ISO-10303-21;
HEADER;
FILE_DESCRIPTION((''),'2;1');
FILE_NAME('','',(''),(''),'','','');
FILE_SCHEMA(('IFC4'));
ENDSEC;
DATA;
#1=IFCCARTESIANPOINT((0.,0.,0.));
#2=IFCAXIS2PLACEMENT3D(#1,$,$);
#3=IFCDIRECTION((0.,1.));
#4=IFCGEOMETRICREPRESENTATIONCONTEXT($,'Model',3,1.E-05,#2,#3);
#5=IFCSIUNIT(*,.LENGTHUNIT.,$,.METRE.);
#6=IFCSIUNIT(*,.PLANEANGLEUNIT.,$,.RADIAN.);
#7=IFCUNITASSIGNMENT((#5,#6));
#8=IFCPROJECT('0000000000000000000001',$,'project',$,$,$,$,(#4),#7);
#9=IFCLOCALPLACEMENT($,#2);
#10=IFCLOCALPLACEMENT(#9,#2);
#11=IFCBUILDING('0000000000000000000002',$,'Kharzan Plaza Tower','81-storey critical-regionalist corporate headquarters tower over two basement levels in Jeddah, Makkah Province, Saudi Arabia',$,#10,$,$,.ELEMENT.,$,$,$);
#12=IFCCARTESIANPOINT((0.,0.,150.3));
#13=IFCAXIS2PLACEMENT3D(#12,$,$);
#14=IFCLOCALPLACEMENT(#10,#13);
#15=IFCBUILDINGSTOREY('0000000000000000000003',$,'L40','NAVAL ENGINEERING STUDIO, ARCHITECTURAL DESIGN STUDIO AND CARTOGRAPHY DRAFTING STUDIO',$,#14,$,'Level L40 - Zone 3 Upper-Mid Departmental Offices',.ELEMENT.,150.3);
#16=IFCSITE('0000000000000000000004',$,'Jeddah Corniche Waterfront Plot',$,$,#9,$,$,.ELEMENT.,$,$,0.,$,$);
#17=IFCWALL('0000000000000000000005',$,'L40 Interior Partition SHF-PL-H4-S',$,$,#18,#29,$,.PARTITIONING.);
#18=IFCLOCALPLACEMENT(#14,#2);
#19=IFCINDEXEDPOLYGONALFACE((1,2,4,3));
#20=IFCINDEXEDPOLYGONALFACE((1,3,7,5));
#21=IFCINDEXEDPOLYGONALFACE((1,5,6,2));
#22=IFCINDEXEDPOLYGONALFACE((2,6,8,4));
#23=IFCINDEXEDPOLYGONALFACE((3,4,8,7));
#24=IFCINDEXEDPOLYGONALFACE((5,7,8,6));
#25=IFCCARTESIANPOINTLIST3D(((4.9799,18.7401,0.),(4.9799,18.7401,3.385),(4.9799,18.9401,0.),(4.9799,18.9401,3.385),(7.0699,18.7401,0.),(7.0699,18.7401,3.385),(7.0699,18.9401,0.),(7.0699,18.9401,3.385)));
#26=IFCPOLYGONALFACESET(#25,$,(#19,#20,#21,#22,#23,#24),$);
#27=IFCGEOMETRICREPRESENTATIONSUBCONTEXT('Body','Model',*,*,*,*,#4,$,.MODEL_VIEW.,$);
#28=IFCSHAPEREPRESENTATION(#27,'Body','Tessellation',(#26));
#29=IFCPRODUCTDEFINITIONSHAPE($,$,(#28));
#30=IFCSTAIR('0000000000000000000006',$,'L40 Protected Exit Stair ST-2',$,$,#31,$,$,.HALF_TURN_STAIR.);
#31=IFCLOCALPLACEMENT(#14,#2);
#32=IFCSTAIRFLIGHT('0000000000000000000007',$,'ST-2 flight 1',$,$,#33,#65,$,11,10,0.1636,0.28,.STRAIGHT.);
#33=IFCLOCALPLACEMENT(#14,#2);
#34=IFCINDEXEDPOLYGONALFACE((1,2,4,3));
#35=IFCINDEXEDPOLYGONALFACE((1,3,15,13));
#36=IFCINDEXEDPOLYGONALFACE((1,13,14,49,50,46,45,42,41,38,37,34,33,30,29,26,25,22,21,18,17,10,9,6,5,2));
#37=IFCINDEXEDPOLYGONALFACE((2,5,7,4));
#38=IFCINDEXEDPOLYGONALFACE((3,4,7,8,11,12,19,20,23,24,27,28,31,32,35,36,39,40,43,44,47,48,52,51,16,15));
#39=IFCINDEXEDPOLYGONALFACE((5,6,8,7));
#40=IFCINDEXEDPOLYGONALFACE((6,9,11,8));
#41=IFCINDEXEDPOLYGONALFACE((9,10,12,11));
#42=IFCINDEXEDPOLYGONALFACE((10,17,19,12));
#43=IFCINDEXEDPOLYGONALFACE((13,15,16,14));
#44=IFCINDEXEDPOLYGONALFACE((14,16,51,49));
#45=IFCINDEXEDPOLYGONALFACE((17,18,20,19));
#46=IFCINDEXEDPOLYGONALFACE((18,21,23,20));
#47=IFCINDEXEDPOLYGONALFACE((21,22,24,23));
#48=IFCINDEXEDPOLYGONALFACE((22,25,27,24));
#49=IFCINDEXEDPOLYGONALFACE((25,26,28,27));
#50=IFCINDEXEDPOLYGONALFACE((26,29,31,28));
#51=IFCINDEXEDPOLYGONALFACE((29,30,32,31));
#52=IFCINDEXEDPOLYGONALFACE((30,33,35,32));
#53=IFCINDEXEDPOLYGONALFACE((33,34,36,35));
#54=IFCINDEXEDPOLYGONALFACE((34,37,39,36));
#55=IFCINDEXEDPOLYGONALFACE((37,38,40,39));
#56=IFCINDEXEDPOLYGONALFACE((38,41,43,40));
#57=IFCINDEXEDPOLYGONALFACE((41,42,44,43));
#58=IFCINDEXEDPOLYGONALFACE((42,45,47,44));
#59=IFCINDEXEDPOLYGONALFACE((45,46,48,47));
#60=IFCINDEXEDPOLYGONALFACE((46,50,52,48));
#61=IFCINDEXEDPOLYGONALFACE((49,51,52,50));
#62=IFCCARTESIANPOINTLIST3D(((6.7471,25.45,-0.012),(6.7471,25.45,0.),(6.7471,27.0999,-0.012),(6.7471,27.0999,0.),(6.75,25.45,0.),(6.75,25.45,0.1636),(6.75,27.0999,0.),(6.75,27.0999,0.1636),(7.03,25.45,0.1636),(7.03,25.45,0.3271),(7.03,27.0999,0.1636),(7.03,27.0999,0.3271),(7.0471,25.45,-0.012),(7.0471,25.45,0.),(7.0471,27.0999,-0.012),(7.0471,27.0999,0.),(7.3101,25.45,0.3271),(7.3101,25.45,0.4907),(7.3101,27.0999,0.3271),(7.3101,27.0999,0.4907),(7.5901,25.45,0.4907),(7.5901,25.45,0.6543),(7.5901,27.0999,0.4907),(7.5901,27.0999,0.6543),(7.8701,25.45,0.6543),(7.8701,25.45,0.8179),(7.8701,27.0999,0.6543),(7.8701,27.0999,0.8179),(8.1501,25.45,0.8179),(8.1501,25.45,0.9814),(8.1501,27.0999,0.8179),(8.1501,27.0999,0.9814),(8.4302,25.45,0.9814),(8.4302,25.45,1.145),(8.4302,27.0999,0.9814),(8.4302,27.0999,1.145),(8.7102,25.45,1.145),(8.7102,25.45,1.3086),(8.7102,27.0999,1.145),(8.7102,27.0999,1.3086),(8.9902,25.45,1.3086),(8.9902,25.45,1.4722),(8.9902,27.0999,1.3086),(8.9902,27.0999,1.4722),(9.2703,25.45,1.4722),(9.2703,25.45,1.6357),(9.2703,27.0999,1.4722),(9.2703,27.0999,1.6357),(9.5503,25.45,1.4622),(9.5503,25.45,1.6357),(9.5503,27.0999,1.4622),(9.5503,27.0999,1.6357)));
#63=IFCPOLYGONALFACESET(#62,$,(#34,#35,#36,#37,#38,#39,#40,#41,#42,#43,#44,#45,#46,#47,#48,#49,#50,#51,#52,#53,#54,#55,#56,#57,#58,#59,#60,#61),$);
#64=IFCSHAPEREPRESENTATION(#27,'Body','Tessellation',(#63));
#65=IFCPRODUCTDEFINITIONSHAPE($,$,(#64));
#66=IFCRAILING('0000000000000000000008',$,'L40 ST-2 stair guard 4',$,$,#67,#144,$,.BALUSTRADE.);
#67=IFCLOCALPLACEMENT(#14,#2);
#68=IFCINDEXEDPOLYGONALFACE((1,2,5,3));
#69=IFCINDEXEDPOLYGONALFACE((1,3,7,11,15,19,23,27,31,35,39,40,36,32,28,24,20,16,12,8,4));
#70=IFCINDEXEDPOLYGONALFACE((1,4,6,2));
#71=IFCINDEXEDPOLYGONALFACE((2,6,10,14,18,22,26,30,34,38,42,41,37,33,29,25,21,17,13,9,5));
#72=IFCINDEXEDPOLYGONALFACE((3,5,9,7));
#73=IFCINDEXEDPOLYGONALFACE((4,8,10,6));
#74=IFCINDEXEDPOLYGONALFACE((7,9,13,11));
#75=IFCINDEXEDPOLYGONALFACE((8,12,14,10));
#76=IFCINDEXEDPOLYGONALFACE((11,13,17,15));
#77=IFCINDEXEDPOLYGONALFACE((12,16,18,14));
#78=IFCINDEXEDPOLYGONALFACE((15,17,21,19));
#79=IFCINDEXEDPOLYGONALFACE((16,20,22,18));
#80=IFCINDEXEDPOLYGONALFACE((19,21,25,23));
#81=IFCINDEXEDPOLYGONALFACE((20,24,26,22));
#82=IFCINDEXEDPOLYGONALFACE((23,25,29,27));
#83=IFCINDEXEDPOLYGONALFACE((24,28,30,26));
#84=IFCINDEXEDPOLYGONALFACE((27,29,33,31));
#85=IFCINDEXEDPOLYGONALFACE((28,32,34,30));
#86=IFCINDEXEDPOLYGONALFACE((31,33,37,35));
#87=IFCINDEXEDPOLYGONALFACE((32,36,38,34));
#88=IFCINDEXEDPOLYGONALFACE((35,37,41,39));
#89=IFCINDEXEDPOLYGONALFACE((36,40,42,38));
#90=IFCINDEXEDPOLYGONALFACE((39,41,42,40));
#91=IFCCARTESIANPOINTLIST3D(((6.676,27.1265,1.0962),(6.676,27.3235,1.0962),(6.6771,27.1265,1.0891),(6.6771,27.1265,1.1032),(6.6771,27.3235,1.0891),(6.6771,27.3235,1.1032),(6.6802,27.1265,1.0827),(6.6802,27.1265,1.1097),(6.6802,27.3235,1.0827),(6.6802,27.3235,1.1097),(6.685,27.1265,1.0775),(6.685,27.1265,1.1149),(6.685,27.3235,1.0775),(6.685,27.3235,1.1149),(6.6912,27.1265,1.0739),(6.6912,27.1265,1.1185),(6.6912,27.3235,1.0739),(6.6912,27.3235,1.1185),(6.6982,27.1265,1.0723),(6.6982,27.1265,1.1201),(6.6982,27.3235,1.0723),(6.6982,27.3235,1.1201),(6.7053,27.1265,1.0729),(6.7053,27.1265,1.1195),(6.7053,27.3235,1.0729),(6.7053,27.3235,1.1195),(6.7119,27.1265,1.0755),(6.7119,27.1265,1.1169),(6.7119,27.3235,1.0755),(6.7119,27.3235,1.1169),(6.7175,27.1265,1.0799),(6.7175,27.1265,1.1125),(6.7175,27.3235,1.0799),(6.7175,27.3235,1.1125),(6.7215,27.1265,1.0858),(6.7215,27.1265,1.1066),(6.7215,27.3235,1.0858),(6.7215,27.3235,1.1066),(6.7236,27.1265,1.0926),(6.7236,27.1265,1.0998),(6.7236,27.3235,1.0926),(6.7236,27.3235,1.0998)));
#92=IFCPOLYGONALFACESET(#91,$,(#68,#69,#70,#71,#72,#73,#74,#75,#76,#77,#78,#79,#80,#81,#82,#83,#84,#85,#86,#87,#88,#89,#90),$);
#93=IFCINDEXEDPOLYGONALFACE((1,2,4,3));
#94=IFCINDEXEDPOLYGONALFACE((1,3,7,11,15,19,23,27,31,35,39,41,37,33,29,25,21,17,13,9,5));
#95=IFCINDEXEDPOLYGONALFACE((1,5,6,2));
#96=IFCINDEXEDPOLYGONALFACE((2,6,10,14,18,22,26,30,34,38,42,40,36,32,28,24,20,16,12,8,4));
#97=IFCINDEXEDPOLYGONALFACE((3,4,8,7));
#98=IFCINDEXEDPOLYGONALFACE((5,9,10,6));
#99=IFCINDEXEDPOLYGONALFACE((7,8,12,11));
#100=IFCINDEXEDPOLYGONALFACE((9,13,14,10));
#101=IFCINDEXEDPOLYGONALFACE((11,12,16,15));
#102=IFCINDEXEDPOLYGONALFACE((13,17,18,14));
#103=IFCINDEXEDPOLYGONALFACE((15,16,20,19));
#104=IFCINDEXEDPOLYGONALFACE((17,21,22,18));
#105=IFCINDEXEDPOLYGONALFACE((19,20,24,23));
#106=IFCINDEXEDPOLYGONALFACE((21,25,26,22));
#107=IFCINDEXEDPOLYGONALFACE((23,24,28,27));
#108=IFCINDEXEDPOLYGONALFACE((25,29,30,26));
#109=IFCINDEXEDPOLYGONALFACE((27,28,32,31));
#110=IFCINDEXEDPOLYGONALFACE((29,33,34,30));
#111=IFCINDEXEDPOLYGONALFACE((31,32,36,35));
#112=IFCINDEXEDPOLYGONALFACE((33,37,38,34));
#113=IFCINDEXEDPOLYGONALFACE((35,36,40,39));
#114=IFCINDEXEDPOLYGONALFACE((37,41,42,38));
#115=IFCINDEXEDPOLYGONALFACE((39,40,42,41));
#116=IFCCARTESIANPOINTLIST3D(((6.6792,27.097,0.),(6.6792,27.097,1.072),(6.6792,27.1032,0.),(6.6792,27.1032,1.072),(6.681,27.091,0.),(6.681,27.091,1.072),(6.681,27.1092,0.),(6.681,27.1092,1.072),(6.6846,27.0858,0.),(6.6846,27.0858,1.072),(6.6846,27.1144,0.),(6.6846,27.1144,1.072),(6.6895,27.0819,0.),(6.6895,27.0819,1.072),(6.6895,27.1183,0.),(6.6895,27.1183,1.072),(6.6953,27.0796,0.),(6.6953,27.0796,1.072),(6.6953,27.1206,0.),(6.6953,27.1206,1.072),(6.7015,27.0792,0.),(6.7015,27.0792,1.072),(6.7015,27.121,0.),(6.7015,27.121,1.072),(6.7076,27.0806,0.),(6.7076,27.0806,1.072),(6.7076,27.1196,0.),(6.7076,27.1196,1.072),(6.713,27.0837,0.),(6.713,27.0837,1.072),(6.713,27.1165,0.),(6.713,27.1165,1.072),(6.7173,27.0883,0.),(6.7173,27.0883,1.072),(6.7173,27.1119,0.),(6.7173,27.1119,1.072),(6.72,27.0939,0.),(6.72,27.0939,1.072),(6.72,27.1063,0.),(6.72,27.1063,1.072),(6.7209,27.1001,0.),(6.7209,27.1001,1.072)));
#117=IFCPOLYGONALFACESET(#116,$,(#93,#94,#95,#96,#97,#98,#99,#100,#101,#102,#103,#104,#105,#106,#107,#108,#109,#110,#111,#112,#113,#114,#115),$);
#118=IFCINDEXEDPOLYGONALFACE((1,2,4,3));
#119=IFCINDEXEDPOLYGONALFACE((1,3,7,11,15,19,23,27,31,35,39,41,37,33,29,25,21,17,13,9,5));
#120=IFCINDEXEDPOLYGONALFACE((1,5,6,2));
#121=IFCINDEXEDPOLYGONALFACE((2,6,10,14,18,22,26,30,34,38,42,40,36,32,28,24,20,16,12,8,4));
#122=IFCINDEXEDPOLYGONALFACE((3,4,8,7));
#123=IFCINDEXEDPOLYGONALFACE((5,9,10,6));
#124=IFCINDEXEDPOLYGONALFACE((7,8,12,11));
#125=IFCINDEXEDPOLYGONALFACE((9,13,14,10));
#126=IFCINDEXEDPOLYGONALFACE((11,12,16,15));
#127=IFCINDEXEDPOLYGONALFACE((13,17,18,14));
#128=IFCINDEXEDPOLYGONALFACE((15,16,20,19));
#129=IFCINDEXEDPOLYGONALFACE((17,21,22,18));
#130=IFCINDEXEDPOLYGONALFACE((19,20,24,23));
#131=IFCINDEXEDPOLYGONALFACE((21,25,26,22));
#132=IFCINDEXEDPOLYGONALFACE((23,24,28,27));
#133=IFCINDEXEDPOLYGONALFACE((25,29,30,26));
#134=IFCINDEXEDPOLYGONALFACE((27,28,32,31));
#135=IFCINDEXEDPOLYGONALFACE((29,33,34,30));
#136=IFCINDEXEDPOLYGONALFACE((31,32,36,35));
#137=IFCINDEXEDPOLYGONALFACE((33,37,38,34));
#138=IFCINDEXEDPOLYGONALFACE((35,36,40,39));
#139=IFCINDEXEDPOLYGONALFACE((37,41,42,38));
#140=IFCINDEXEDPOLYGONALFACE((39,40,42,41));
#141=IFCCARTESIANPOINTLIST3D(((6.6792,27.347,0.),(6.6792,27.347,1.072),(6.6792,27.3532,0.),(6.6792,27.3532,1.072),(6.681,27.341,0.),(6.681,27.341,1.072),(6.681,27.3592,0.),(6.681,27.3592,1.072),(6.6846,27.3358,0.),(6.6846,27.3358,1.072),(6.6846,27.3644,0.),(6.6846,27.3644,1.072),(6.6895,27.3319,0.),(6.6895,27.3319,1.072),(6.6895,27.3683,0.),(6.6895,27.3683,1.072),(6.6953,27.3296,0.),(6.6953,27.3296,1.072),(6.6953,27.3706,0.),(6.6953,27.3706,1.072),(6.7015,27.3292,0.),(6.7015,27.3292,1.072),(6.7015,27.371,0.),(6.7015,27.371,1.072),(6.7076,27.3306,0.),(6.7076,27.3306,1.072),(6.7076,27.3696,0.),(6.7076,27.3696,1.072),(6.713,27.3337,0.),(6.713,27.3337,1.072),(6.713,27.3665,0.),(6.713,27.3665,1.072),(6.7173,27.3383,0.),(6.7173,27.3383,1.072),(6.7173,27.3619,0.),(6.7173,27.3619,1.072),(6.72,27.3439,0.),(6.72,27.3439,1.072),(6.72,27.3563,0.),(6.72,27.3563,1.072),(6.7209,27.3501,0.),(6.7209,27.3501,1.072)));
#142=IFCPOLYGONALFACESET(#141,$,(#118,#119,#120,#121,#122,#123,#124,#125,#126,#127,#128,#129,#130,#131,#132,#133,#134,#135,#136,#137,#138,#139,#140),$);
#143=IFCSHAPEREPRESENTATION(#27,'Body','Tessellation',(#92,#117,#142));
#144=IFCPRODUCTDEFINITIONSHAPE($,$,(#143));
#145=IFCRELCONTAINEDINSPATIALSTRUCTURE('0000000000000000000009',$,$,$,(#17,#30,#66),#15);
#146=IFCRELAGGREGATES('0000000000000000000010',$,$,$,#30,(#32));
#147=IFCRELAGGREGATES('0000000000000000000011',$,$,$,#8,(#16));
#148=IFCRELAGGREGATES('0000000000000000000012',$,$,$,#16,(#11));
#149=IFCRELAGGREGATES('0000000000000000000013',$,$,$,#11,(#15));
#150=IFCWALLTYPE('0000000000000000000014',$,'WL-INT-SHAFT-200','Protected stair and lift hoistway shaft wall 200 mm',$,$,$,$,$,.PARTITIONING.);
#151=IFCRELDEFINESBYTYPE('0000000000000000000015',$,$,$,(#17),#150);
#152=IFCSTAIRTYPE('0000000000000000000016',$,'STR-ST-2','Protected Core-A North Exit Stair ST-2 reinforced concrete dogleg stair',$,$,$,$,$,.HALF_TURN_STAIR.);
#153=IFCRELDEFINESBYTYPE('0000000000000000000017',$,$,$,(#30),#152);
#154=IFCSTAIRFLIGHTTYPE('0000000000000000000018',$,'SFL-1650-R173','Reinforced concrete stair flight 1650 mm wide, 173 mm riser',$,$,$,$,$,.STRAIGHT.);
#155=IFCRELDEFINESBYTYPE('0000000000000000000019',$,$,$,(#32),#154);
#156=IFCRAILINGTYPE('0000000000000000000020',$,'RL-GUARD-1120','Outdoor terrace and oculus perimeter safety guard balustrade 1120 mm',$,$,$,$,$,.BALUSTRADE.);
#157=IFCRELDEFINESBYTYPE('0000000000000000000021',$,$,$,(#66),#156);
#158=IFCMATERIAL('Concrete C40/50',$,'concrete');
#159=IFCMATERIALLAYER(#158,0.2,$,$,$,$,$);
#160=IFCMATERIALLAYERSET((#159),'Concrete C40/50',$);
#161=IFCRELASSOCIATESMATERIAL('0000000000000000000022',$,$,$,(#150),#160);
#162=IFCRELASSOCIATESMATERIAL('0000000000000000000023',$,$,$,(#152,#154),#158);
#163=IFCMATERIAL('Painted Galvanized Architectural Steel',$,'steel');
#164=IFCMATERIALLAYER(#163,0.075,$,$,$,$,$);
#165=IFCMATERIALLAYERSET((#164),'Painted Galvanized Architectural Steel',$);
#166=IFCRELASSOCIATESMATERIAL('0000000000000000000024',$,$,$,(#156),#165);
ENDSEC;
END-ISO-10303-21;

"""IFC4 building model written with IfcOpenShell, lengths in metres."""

from ifc_helpers import new_model, si_unit, direction, frame, frame_2d, origin, origin_2d, place, context, subcontext, project, spatial, polyline, rectangle, circle, outline, extrude, source, transform, mapped, material, layer, layer_set, type_object, element, aggregate, save


model = new_model("IFC4")

# Units and contexts
model_context = context("Model", 3, precision=1e-05, world=origin(), true_north=direction((0.0, 1.0)))
body_context = subcontext(model_context, "Body", "Model", "MODEL_VIEW")
ifc_project = project(units=[si_unit("LENGTHUNIT", "METRE"), si_unit("PLANEANGLEUNIT", "RADIAN")], contexts=[model_context])

# Site, building, storey
site_placement = place(None, origin())
site = spatial("IfcSite", under=ifc_project, at=site_placement, Name="Jeddah Corniche Waterfront Plot", CompositionType="ELEMENT", RefElevation=0.0)
building_placement = place(site_placement, origin())
building = spatial("IfcBuilding", under=site, at=building_placement, Name="Kharzan Plaza Tower", Description="81-storey critical-regionalist corporate headquarters tower over two basement levels in Jeddah, Makkah Province, Saudi Arabia", CompositionType="ELEMENT")
storey_placement = place(building_placement, frame((0.0, 0.0, 150.3)))
storey = spatial("IfcBuildingStorey", under=building, at=storey_placement, Name="L40", Description="NAVAL ENGINEERING STUDIO, ARCHITECTURAL DESIGN STUDIO AND CARTOGRAPHY DRAFTING STUDIO", LongName="Level L40 - Zone 3 Upper-Mid Departmental Offices", CompositionType="ELEMENT", Elevation=150.3)

# Shared definitions
ifc_material_1 = material(Name="Concrete C40/50", Category="concrete")

# Shared definitions
ifc_layer_1 = layer(ifc_material_1, 0.2)
ifc_layer_set_1 = layer_set([ifc_layer_1], Name="Concrete C40/50")
wall_type_1 = type_object("IfcWallType", Name="WL-INT-SHAFT-200", Description="Protected stair and lift hoistway shaft wall 200 mm", PredefinedType="PARTITIONING", material=ifc_layer_set_1)

# Wall
shared_shape_1 = source(origin(), body_context, "Body", "SweptSolid", [
    extrude(rectangle(XDim=2.0901, YDim=0.2, at=frame_2d((1.0449, 0.0))), origin(), (0.0, 0.0, 1.0), 3.385),
])
wall_1_placement = place(storey_placement, frame((4.98, 18.8401, 0.0), z_axis=(0.0, 0.0, 1.0), x_axis=(1.0, 0.0, 0.0)))
element("IfcWall", 1, at=wall_1_placement, inside=storey, type_object=wall_type_1, Name="L40 Interior Partition SHF-PL-H4-S", PredefinedType="PARTITIONING", context=body_context, shape_type="MappedRepresentation", body=[
    mapped(shared_shape_1, transform((0.0, 0.0, 0.0), x_axis=(1.0, 0.0, 0.0), y_axis=(0.0, 1.0, 0.0), z_axis=(0.0, 0.0, 1.0))),
])

# Stair, stair flight
stair_type = type_object("IfcStairType", Name="STR-ST-2", Description="Protected Core-A North Exit Stair ST-2 reinforced concrete dogleg stair", PredefinedType="HALF_TURN_STAIR", material=ifc_material_1)
stair_placement = place(storey_placement, origin())
stair = element("IfcStair", 2, at=stair_placement, inside=storey, type_object=stair_type, Name="L40 Protected Exit Stair ST-2", PredefinedType="HALF_TURN_STAIR")
stair_flight_type = type_object("IfcStairFlightType", Name="SFL-1650-R173", Description="Reinforced concrete stair flight 1650 mm wide, 173 mm riser", PredefinedType="STRAIGHT", material=ifc_material_1)
shared_shape_2 = source(origin(), body_context, "Body", "SweptSolid", [
    extrude(outline(polyline([(-0.0029, -0.012), (-0.0029, 0.0), (0.0, 0.0), (0.0, 0.1636), (0.28, 0.1636), (0.28, 0.3271), (0.5601, 0.3271), (0.5601, 0.4907), (0.8401, 0.4907), (0.8401, 0.6543), (1.1201, 0.6543), (1.1201, 0.8179), (1.4001, 0.8179), (1.4001, 0.9814), (1.6802, 0.9814), (1.6802, 1.145), (1.9602, 1.145), (1.9602, 1.3086), (2.2402, 1.3086), (2.2402, 1.4722), (2.5203, 1.4722), (2.5203, 1.6357), (2.8003, 1.6357), (2.8003, 1.7993), (2.8003, 1.4622), (0.2971, 0.0), (0.2971, -0.012), (-0.0029, -0.012)])), frame((0.0, 0.825, 0.0), z_axis=(0.0, -1.0, 0.0), x_axis=(1.0, 0.0, 0.0)), (0.0, 0.0, 1.0), 1.6499),
])
stair_flight_placement = place(storey_placement, frame((6.75, 26.2749, 0.0), z_axis=(0.0, 0.0, 1.0), x_axis=(1.0, 0.0, 0.0)))
stair_flight = element("IfcStairFlight", 3, at=stair_flight_placement, type_object=stair_flight_type, Name="ST-2 flight 1", NumberOfRisers=11, NumberOfTreads=10, PredefinedType="STRAIGHT", RiserHeight=0.1636, TreadLength=0.28, context=body_context, shape_type="MappedRepresentation", body=[
    mapped(shared_shape_2, transform((0.0, 0.0, 0.0), x_axis=(1.0, 0.0, 0.0), y_axis=(0.0, 1.0, 0.0), z_axis=(0.0, 0.0, 1.0))),
])
aggregate(stair, [stair_flight])

# Railing
ifc_material_2 = material(Name="Painted Galvanized Architectural Steel", Category="steel")
ifc_layer_2 = layer(ifc_material_2, 0.075)
ifc_layer_set_2 = layer_set([ifc_layer_2], Name="Painted Galvanized Architectural Steel")
railing_type_1 = type_object("IfcRailingType", Name="RL-GUARD-1120", Description="Outdoor terrace and oculus perimeter safety guard balustrade 1120 mm", PredefinedType="BALUSTRADE", material=ifc_layer_set_2)
shared_shape_3 = source(origin(), body_context, "Body", "SweptSolid", [
    extrude(circle(Radius=0.0239, at=origin_2d()), frame((0.0, 0.0264, 1.0962), z_axis=(0.0, 1.0, 0.0), x_axis=(-1.0, 0.0, 0.0)), (0.0, 0.0, 1.0), 0.197),
    extrude(circle(Radius=0.021, at=origin_2d()), origin(), (0.0, 0.0, 1.0), 1.072),
    extrude(circle(Radius=0.021, at=origin_2d()), frame((0.0, 0.25, 0.0)), (0.0, 0.0, 1.0), 1.072),
])
railing_1_placement = place(storey_placement, frame((6.7, 27.1001, 0.0)))
element("IfcRailing", 4, at=railing_1_placement, inside=storey, type_object=railing_type_1, Name="L40 ST-2 stair guard 4", PredefinedType="BALUSTRADE", context=body_context, shape_type="MappedRepresentation", body=[
    mapped(shared_shape_3, transform((0.0, 0.0, 0.0), x_axis=(1.0, 0.0, 0.0), y_axis=(0.0, 1.0, 0.0), z_axis=(0.0, 0.0, 1.0))),
])

save(model, "model.ifc")
